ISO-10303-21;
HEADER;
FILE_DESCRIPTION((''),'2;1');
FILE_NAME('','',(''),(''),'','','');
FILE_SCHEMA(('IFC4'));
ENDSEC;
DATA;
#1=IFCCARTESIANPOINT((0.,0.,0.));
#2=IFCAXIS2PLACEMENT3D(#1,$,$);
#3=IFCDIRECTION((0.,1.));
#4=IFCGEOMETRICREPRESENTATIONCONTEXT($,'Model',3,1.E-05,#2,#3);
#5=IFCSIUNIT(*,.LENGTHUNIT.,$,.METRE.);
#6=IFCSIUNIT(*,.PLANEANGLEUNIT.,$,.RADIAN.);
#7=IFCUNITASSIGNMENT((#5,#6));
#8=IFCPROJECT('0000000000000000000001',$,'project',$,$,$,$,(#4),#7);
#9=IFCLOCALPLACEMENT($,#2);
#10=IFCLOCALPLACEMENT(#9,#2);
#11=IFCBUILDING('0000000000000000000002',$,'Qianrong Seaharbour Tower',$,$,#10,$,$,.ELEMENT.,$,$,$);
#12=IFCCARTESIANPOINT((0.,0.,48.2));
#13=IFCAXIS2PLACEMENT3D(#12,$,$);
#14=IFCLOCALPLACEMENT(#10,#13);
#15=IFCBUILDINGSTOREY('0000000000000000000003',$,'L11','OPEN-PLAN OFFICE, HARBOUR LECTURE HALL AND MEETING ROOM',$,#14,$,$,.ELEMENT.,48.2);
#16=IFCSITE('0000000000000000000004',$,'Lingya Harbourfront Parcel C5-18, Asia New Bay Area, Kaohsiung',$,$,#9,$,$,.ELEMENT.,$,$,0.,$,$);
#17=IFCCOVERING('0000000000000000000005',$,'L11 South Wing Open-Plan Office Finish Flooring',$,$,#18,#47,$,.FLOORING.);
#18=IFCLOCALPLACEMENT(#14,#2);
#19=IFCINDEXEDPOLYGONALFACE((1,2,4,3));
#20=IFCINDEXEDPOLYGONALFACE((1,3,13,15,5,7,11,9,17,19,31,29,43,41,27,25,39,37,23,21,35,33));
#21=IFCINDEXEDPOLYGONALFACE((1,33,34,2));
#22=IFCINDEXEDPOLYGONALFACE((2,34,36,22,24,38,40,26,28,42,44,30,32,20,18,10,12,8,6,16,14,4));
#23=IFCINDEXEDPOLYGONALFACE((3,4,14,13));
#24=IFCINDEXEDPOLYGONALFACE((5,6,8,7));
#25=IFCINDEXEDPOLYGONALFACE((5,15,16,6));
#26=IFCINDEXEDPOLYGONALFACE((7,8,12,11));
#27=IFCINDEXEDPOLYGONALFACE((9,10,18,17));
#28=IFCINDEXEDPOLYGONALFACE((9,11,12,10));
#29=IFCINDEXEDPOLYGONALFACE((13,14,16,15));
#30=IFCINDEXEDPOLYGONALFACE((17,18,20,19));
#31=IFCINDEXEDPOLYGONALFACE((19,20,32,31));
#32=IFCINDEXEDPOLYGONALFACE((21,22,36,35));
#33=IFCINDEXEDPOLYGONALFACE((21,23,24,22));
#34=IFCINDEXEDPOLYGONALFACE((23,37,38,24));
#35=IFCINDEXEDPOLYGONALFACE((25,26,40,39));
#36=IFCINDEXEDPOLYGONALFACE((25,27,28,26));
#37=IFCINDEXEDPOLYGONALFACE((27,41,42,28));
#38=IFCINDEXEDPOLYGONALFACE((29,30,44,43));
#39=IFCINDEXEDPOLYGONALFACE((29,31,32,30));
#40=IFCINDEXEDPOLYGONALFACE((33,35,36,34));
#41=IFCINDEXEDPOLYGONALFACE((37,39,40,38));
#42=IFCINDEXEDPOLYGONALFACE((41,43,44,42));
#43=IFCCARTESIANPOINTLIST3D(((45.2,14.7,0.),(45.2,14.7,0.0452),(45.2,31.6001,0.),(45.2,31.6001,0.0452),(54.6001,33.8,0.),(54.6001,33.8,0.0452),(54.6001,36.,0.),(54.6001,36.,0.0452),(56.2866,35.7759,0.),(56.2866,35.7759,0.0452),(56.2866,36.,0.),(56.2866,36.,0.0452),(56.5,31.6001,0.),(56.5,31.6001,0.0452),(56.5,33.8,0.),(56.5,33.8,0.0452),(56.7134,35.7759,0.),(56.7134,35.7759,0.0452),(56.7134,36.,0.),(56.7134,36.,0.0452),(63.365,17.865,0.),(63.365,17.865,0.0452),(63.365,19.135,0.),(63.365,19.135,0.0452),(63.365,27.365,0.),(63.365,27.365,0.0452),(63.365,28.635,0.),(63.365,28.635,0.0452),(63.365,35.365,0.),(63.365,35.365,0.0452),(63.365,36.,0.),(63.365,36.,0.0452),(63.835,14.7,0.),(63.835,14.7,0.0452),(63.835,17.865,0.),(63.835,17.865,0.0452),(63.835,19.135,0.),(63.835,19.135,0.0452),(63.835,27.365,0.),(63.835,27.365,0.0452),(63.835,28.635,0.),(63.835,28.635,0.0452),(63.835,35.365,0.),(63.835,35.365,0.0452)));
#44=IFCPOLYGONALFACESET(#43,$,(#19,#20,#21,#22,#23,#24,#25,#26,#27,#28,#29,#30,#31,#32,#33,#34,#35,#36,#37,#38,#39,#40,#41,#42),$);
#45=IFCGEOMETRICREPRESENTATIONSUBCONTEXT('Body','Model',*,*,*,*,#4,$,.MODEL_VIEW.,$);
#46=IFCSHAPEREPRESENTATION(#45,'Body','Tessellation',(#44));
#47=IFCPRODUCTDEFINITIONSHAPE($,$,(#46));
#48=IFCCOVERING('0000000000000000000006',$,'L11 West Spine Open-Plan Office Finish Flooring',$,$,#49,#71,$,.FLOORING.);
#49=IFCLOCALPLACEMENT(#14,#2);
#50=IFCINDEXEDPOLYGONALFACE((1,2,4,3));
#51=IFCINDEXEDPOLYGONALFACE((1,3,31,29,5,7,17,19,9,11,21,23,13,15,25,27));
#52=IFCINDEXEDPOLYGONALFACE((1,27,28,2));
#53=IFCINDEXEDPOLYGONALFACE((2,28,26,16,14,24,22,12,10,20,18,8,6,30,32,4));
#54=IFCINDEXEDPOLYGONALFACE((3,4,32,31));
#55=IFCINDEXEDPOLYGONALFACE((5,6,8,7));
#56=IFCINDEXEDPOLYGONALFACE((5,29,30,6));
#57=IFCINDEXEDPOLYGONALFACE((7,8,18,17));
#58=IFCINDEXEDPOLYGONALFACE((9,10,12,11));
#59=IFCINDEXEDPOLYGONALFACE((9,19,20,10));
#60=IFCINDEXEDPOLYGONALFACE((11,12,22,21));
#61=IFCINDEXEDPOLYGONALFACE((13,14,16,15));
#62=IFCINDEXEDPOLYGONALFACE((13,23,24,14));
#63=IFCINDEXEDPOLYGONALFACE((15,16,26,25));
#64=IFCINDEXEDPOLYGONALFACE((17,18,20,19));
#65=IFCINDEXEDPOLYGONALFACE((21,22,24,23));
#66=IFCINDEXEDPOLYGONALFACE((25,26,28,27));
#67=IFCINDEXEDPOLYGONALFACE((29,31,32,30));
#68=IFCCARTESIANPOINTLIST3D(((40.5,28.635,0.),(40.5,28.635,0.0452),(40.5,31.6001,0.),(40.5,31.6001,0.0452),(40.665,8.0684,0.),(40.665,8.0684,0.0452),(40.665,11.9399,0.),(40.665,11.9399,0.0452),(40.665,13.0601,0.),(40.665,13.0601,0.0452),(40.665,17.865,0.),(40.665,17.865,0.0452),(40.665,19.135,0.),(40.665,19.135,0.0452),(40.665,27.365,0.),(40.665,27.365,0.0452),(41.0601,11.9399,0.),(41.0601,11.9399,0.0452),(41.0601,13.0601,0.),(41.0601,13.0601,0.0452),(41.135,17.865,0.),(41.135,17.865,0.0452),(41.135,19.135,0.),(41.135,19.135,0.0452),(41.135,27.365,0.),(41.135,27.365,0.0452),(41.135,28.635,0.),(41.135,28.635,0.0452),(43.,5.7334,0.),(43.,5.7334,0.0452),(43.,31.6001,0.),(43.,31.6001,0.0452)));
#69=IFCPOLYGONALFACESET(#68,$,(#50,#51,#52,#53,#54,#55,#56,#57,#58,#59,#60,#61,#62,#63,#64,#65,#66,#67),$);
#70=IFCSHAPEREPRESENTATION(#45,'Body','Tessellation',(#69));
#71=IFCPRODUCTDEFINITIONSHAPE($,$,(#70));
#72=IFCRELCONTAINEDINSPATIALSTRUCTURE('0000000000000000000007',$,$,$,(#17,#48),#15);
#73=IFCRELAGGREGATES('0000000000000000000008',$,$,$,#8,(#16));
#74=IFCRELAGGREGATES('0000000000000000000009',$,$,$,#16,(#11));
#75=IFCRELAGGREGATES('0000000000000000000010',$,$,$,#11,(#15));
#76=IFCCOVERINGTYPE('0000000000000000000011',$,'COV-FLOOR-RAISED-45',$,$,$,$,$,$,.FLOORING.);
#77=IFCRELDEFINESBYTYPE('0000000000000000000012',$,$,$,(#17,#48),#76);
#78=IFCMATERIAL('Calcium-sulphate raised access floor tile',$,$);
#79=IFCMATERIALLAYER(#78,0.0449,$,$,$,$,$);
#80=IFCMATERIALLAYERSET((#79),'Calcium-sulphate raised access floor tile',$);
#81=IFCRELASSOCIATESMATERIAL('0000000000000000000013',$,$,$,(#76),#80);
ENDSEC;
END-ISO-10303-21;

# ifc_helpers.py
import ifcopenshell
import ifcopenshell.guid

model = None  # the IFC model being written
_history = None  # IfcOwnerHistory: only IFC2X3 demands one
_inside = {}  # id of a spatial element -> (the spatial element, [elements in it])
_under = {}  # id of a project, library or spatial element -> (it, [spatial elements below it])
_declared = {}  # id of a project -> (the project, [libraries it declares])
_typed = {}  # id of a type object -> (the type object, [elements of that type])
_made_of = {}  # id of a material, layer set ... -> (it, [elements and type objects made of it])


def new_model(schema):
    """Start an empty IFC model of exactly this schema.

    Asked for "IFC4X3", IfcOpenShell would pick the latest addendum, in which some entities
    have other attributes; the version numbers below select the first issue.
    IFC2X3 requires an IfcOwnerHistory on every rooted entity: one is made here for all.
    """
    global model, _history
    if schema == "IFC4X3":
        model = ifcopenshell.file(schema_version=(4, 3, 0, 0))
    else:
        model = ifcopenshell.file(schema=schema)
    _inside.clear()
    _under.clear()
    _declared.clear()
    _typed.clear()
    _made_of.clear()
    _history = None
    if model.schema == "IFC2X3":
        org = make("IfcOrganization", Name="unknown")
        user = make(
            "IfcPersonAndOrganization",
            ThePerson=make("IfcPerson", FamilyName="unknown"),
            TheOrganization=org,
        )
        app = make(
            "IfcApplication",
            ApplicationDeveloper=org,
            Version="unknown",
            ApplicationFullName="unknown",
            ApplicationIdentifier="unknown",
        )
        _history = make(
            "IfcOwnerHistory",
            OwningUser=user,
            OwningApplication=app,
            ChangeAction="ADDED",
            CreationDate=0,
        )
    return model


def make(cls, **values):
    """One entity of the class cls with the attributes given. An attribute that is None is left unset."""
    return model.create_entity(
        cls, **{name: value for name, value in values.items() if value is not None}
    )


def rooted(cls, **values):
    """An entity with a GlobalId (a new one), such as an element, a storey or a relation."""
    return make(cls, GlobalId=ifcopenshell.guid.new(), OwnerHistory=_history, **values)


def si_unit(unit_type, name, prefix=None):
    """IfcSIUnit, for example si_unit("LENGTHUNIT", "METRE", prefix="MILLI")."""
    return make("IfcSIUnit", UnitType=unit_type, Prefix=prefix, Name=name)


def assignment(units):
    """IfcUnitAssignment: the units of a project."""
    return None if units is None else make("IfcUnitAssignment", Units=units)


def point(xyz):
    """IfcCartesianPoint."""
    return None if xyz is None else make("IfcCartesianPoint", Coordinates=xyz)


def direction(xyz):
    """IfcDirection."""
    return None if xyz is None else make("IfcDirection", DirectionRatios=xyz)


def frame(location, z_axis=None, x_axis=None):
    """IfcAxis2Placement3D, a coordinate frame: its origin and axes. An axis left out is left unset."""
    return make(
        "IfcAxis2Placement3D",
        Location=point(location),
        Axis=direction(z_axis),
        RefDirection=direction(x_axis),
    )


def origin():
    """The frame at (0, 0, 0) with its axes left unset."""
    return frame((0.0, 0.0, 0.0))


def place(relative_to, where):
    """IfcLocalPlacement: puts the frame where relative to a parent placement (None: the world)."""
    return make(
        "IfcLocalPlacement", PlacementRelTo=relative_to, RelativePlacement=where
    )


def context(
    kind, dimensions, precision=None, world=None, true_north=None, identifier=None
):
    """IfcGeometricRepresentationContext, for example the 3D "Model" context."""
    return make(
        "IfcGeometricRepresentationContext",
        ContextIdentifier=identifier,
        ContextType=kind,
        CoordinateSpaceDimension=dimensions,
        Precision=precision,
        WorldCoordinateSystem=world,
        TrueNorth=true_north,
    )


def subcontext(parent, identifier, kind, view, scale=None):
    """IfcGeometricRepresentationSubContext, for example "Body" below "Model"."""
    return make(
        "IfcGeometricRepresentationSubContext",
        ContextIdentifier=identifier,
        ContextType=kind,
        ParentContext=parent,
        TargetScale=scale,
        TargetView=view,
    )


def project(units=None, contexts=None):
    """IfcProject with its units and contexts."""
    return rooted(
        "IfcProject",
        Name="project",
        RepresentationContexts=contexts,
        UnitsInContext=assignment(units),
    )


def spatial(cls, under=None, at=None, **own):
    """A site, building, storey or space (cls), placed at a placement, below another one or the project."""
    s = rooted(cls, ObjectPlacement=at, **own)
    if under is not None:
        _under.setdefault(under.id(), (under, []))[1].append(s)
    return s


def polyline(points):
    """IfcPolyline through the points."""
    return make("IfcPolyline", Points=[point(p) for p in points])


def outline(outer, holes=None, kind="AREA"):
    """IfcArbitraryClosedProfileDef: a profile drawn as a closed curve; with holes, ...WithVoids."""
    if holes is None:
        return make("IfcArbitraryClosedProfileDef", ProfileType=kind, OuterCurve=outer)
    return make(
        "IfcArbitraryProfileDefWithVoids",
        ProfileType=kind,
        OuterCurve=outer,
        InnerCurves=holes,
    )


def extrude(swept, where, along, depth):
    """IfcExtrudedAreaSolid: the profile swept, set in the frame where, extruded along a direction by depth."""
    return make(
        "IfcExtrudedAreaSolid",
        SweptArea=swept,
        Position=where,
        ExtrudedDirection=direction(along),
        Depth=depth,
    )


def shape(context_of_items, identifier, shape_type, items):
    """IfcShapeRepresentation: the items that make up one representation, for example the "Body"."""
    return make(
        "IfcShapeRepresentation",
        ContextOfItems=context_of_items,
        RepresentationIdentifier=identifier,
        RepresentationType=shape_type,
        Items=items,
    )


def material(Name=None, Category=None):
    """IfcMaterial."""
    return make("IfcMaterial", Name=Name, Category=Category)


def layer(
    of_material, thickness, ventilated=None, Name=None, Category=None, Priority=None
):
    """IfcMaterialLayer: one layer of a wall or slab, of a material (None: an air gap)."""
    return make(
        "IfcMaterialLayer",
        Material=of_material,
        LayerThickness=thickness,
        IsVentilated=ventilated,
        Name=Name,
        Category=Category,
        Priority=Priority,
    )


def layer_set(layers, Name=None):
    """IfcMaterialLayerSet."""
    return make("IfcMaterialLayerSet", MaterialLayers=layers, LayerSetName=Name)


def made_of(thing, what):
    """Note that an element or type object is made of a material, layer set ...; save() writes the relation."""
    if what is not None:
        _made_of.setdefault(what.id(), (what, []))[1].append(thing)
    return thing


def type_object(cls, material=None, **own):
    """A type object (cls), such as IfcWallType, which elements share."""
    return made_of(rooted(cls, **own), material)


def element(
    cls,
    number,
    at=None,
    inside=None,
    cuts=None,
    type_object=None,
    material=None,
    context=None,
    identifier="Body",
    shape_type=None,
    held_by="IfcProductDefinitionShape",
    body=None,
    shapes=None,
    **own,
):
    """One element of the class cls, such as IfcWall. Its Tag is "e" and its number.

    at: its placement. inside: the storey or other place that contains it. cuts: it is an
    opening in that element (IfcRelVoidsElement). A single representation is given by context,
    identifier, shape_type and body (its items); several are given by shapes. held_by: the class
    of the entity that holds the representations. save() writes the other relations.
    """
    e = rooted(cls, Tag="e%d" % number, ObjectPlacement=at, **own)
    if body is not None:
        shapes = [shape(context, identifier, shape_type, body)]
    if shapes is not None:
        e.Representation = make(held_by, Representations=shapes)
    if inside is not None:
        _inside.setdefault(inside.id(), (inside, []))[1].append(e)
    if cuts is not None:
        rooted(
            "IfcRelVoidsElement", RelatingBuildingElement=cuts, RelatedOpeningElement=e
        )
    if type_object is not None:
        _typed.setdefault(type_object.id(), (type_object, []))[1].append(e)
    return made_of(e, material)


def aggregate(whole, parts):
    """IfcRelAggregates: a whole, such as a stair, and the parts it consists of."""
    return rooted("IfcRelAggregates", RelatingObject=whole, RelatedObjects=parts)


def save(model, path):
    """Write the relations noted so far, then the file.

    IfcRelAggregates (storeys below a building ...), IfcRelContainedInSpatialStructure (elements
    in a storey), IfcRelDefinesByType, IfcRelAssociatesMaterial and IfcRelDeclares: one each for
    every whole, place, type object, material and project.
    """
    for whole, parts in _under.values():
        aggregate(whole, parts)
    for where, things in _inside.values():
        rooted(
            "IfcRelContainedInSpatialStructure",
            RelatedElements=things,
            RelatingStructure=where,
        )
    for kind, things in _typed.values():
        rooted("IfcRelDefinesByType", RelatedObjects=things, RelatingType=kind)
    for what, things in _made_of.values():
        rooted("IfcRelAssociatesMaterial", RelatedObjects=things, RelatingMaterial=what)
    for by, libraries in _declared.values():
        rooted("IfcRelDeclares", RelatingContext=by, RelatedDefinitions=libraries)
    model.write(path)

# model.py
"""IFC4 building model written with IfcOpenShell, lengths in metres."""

from ifc_helpers import new_model, si_unit, direction, frame, origin, place, context, subcontext, project, spatial, polyline, outline, extrude, material, layer, layer_set, type_object, element, save


model = new_model("IFC4")

# Units and contexts
model_context = context("Model", 3, precision=1e-05, world=origin(), true_north=direction((0.0, 1.0)))
body_context = subcontext(model_context, "Body", "Model", "MODEL_VIEW")
ifc_project = project(units=[si_unit("LENGTHUNIT", "METRE"), si_unit("PLANEANGLEUNIT", "RADIAN")], contexts=[model_context])

# Site, building, storey
site_placement = place(None, origin())
site = spatial("IfcSite", under=ifc_project, at=site_placement, Name="Lingya Harbourfront Parcel C5-18, Asia New Bay Area, Kaohsiung", CompositionType="ELEMENT", RefElevation=0.0)
building_placement = place(site_placement, origin())
building = spatial("IfcBuilding", under=site, at=building_placement, Name="Qianrong Seaharbour Tower", CompositionType="ELEMENT")
storey_placement = place(building_placement, frame((0.0, 0.0, 48.2)))
storey = spatial("IfcBuildingStorey", under=building, at=storey_placement, Name="L11", Description="OPEN-PLAN OFFICE, HARBOUR LECTURE HALL AND MEETING ROOM", CompositionType="ELEMENT", Elevation=48.2)

# Coverings
ifc_material_1 = material(Name="Calcium-sulphate raised access floor tile")
ifc_layer_1 = layer(ifc_material_1, 0.0449)
ifc_layer_set_1 = layer_set([ifc_layer_1], Name="Calcium-sulphate raised access floor tile")
covering_type_1 = type_object("IfcCoveringType", Name="COV-FLOOR-RAISED-45", PredefinedType="FLOORING", material=ifc_layer_set_1)
covering_1_placement = place(storey_placement, origin())
element("IfcCovering", 1, at=covering_1_placement, inside=storey, type_object=covering_type_1, Name="L11 South Wing Open-Plan Office Finish Flooring", PredefinedType="FLOORING", context=body_context, shape_type="SweptSolid", body=[
    extrude(outline(polyline([(56.5, 31.6001), (56.5, 33.8), (54.6001, 33.8), (54.6001, 36.0), (56.2866, 36.0), (56.2866, 35.7759), (56.7134, 35.7759), (56.7134, 36.0), (63.365, 36.0), (63.365, 35.365), (63.835, 35.365), (63.835, 28.635), (63.365, 28.635), (63.365, 27.365), (63.835, 27.365), (63.835, 19.135), (63.365, 19.135), (63.365, 17.865), (63.835, 17.865), (63.835, 14.7), (45.2, 14.7), (45.2, 31.6001), (56.5, 31.6001)])), origin(), (0.0, 0.0, 1.0), 0.0452),
])
covering_2_placement = place(storey_placement, origin())
element("IfcCovering", 2, at=covering_2_placement, inside=storey, type_object=covering_type_1, Name="L11 West Spine Open-Plan Office Finish Flooring", PredefinedType="FLOORING", context=body_context, shape_type="SweptSolid", body=[
    extrude(outline(polyline([(43.0, 5.7334), (40.665, 8.0684), (40.665, 11.9399), (41.0601, 11.9399), (41.0601, 13.0601), (40.665, 13.0601), (40.665, 17.865), (41.135, 17.865), (41.135, 19.135), (40.665, 19.135), (40.665, 27.365), (41.135, 27.365), (41.135, 28.635), (40.5, 28.635), (40.5, 31.6001), (43.0, 31.6001), (43.0, 5.7334)])), origin(), (0.0, 0.0, 1.0), 0.0452),
])

save(model, "model.ifc")
